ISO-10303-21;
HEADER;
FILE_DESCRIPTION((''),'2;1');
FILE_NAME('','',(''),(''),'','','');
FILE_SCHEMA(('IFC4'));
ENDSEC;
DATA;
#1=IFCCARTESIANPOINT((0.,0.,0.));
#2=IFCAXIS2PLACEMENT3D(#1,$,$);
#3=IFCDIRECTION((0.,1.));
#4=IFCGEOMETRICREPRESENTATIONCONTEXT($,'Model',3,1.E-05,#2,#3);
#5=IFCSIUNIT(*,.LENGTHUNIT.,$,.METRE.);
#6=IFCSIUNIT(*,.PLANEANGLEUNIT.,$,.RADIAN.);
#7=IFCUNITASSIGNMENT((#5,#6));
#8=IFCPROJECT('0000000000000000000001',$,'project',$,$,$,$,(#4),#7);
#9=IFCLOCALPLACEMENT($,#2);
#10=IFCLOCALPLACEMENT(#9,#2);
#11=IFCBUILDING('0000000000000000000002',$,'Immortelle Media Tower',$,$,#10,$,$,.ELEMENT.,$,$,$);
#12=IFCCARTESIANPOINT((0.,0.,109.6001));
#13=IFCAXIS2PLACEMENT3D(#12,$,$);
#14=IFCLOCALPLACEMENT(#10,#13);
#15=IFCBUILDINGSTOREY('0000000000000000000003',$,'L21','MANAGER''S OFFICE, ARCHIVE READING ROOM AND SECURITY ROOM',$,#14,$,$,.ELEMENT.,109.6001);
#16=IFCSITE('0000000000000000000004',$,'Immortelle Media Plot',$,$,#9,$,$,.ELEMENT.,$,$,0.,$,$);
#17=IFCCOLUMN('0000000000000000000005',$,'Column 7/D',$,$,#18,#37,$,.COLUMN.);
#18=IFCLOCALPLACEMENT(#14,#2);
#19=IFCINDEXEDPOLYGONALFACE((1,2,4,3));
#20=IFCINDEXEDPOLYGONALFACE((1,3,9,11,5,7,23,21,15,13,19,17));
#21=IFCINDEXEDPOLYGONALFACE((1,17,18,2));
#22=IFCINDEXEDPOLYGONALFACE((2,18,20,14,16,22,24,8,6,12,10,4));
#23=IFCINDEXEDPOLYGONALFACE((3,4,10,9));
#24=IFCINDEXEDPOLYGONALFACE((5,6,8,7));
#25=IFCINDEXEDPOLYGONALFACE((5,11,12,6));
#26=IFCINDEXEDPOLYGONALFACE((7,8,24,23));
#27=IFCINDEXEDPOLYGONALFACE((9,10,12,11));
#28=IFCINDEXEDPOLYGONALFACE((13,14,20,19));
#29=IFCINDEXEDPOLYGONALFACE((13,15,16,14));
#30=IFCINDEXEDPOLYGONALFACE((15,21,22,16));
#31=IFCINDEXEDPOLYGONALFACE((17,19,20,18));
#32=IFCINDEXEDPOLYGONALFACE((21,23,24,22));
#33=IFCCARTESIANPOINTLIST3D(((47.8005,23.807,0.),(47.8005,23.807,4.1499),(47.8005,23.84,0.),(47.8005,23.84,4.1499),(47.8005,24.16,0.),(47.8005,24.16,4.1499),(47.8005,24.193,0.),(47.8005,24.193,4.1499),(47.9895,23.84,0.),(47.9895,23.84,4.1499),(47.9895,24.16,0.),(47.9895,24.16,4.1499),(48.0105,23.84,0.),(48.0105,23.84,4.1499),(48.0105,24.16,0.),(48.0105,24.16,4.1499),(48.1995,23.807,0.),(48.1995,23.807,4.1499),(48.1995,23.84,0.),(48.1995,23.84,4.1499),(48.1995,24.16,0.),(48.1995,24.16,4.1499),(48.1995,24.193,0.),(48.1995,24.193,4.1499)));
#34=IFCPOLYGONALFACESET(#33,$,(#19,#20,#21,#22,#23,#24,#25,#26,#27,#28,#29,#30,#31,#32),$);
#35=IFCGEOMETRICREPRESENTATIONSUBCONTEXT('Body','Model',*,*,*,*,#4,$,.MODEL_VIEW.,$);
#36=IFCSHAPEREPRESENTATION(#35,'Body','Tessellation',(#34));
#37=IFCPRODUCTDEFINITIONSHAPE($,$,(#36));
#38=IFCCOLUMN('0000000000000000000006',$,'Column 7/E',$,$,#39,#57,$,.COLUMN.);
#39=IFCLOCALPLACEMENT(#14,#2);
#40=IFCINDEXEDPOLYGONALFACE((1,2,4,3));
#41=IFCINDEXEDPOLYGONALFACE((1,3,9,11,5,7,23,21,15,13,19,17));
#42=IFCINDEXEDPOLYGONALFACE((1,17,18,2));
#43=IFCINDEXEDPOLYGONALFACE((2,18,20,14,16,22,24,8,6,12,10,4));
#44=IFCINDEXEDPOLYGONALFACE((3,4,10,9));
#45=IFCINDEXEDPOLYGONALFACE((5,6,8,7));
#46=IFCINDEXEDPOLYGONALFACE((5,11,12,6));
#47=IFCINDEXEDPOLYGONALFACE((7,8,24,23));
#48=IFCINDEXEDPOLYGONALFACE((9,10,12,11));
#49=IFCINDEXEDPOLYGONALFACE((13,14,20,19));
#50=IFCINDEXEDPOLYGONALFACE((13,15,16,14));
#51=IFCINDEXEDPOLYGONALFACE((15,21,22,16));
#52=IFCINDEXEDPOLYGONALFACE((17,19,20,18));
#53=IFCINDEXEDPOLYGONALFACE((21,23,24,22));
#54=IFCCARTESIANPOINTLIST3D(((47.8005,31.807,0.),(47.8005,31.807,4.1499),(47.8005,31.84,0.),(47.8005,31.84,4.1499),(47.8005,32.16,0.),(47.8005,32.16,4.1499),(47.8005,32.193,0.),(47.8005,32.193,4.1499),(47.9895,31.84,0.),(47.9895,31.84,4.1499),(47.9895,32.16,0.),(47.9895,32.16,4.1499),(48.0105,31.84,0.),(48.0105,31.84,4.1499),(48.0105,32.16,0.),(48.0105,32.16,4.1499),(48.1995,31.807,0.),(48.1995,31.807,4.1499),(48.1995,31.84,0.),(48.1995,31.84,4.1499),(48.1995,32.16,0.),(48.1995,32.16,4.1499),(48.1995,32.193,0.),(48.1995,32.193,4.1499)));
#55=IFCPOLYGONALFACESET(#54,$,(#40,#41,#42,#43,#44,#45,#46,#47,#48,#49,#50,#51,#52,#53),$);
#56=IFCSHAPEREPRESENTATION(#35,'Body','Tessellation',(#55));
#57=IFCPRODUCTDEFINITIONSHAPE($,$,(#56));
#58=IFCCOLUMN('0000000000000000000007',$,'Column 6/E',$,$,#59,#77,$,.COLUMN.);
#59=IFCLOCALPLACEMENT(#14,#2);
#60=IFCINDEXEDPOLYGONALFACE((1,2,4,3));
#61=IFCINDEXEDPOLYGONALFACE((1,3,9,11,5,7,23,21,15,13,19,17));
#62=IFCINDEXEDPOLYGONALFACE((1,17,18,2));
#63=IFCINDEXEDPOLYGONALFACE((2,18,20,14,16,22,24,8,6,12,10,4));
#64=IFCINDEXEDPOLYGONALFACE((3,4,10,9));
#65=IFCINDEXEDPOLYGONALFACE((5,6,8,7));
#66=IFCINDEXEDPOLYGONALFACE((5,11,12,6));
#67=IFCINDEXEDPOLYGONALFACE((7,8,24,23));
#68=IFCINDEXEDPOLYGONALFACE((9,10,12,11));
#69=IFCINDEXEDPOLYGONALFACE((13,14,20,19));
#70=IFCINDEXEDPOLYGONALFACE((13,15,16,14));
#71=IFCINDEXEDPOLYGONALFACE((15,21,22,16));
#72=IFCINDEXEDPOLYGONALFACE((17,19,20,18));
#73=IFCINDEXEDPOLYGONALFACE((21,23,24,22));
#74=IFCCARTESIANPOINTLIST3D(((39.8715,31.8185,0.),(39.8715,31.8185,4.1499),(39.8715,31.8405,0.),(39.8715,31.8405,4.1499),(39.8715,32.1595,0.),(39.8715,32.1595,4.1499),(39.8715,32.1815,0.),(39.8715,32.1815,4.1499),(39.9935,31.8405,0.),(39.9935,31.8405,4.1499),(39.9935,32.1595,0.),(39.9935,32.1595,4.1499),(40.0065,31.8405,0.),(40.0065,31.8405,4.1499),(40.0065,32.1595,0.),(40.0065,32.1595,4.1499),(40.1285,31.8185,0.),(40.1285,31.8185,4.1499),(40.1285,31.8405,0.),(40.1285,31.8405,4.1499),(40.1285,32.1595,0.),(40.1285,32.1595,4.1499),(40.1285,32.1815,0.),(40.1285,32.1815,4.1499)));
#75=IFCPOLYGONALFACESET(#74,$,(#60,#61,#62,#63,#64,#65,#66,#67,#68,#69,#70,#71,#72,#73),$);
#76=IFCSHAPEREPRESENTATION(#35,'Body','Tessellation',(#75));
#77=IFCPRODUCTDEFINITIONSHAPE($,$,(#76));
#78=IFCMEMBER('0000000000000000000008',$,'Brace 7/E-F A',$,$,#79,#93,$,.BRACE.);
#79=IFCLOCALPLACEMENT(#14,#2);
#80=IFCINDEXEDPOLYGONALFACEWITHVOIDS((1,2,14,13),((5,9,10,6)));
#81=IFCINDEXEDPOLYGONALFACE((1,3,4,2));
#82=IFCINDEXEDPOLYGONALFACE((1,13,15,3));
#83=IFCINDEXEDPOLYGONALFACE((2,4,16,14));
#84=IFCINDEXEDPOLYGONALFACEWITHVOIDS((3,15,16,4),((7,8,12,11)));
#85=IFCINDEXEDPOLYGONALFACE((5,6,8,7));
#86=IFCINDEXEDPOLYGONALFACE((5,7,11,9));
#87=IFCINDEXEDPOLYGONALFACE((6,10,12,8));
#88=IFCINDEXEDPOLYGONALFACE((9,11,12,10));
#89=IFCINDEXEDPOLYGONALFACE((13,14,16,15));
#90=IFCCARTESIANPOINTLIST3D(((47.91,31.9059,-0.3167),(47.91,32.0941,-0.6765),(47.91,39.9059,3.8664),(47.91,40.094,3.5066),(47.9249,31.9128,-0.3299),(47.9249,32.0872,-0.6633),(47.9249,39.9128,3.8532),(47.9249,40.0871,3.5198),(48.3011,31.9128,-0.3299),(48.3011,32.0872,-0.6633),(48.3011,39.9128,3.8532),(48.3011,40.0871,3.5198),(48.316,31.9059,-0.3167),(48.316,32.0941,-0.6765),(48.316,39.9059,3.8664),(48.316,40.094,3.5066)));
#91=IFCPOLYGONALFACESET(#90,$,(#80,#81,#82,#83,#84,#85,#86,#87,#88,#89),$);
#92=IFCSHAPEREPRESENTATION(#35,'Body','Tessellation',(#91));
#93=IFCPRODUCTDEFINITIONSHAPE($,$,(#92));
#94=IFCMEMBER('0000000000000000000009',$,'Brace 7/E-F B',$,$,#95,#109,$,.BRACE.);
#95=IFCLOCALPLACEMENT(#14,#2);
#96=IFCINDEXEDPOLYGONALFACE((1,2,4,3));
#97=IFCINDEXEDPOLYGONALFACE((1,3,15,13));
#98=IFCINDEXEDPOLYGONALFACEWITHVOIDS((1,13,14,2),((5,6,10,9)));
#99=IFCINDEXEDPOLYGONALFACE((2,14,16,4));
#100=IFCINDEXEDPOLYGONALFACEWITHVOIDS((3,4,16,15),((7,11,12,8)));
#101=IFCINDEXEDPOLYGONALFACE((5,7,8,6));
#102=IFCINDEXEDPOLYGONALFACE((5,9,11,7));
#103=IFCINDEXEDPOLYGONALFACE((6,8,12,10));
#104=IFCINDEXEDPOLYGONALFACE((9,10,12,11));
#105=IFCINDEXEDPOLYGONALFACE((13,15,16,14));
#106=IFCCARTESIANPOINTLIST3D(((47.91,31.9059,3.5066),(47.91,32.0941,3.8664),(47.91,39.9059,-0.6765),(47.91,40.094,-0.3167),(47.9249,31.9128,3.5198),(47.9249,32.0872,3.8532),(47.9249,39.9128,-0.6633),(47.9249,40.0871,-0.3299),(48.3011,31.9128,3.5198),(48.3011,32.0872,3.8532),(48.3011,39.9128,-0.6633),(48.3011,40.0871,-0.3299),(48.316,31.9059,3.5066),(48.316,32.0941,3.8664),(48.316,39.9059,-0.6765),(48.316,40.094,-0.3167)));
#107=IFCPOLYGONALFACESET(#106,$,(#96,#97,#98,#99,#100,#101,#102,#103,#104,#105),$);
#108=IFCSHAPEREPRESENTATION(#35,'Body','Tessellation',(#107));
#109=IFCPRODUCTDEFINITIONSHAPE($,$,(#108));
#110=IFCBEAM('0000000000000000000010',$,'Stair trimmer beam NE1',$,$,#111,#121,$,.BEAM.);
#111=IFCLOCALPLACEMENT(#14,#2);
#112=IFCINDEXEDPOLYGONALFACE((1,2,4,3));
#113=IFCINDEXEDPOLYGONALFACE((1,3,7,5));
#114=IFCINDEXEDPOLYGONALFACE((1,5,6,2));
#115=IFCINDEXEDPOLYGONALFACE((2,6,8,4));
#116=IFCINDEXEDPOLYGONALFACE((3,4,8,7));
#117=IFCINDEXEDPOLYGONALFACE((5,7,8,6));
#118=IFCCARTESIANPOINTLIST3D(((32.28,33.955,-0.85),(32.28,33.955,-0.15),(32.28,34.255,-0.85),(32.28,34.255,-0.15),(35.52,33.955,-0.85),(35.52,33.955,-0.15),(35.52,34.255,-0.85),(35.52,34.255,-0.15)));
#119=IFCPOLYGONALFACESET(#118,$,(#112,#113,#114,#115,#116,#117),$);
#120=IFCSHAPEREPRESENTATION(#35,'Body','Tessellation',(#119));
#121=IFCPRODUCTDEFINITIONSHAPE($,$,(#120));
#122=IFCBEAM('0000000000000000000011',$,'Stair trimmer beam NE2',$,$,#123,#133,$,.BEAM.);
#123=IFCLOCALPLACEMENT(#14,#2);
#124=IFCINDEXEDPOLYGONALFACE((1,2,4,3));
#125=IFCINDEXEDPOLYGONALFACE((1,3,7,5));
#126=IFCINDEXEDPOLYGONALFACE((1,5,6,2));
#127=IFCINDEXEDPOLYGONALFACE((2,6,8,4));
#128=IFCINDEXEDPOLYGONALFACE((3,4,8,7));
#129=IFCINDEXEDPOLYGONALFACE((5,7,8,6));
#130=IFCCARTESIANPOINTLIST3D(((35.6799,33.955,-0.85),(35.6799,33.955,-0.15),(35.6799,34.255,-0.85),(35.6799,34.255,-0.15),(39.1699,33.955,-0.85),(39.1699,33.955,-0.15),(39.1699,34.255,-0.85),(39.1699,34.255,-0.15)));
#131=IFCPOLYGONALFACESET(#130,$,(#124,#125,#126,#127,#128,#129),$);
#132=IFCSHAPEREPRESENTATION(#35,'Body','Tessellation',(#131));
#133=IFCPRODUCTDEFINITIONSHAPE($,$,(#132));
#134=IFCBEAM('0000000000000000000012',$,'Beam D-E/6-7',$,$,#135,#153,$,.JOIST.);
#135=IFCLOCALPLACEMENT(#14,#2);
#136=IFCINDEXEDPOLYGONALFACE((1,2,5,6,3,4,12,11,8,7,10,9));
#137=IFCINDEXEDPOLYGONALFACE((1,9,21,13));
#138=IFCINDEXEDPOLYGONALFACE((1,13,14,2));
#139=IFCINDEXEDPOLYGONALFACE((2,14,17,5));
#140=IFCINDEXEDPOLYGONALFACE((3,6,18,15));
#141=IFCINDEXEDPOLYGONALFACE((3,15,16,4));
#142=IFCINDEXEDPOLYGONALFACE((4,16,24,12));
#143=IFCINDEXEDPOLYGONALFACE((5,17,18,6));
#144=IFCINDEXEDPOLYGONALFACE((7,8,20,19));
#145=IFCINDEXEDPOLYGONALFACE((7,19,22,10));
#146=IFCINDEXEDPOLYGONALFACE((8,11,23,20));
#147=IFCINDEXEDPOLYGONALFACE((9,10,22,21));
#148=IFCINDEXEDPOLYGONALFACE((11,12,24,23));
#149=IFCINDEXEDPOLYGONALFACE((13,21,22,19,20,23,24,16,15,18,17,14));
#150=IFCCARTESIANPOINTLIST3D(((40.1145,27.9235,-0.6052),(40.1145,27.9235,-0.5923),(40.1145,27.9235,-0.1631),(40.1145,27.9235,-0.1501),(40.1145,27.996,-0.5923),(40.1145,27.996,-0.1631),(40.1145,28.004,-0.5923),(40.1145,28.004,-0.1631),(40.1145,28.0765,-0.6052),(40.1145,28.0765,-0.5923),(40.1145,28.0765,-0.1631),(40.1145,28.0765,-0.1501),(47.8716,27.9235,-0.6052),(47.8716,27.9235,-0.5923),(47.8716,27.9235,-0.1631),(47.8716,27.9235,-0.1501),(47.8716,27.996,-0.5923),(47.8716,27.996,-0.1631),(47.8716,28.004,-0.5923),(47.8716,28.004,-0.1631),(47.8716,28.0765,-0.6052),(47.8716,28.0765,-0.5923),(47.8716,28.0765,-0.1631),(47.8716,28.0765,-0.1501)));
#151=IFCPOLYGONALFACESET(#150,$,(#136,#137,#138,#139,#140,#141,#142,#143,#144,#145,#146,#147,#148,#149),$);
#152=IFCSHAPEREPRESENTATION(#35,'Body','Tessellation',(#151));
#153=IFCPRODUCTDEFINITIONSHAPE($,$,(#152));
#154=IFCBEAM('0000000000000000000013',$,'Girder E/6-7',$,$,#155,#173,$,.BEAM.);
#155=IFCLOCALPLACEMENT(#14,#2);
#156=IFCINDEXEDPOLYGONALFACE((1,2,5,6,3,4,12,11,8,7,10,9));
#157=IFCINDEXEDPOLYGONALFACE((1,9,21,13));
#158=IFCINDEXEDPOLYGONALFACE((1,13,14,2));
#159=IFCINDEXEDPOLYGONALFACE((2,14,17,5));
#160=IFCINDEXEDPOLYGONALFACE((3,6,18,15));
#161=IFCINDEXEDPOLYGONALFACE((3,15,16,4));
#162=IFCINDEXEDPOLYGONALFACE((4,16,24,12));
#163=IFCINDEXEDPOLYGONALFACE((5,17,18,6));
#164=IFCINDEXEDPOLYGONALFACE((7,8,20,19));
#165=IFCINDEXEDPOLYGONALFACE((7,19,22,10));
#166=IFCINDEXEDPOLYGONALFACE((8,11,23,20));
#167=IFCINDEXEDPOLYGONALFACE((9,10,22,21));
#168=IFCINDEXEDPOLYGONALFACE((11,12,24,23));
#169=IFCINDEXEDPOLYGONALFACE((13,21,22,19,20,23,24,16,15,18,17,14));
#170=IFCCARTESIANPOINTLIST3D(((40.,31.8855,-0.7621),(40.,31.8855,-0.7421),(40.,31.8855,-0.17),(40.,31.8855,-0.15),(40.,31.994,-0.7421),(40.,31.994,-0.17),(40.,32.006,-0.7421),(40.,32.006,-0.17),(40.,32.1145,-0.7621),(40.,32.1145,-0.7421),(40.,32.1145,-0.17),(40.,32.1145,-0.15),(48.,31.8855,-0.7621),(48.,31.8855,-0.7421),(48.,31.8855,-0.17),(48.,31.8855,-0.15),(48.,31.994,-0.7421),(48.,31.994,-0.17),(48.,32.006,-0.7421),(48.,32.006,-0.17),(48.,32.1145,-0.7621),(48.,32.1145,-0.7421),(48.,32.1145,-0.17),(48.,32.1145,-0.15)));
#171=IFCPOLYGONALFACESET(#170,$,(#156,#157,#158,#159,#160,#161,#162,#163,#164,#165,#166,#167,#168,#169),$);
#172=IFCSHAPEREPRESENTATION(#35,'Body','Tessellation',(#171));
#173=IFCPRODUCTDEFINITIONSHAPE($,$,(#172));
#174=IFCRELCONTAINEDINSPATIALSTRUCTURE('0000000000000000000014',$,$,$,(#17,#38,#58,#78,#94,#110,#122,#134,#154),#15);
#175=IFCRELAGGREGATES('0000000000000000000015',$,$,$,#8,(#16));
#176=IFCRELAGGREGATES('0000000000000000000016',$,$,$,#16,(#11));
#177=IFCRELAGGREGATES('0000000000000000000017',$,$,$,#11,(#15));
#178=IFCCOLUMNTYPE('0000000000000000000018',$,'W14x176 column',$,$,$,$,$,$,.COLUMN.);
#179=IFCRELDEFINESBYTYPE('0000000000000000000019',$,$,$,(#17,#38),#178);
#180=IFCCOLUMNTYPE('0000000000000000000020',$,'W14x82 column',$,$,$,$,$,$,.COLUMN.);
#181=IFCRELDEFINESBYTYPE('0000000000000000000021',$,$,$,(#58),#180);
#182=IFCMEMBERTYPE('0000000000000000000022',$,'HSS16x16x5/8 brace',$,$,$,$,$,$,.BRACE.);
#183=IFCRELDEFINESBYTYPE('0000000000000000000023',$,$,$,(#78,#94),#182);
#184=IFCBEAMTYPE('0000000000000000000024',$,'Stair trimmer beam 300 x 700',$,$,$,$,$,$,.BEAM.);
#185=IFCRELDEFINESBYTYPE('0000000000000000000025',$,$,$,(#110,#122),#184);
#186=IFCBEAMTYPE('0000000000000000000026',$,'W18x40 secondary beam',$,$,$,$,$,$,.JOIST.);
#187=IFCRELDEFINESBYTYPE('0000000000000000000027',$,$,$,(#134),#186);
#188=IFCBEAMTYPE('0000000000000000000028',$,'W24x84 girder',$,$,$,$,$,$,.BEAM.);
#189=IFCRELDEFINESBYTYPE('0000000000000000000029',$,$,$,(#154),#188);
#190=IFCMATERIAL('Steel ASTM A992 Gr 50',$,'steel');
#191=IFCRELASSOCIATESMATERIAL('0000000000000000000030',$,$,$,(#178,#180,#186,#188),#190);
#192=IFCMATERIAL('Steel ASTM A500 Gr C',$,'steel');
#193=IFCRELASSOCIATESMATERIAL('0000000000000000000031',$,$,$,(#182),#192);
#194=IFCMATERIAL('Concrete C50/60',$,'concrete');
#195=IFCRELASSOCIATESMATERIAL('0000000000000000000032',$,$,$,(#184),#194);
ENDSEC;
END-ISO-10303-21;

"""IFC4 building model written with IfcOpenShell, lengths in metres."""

from ifc_helpers import new_model, si_unit, direction, frame, origin, origin_2d, place, context, subcontext, project, spatial, rectangle, hollow_rectangle, i_section, extrude, material, material_profile, profile_set, type_object, element, save


model = new_model("IFC4")

# Units and contexts
model_context = context("Model", 3, precision=1e-05, world=origin(), true_north=direction((0.0, 1.0)))
body_context = subcontext(model_context, "Body", "Model", "MODEL_VIEW")
ifc_project = project(units=[si_unit("LENGTHUNIT", "METRE"), si_unit("PLANEANGLEUNIT", "RADIAN")], contexts=[model_context])

# Site, building, storey
site_placement = place(None, origin())
site = spatial("IfcSite", under=ifc_project, at=site_placement, Name="Immortelle Media Plot", CompositionType="ELEMENT", RefElevation=0.0)
building_placement = place(site_placement, origin())
building = spatial("IfcBuilding", under=site, at=building_placement, Name="Immortelle Media Tower", CompositionType="ELEMENT")
storey_placement = place(building_placement, frame((0.0, 0.0, 109.6001)))
storey = spatial("IfcBuildingStorey", under=building, at=storey_placement, Name="L21", Description="MANAGER'S OFFICE, ARCHIVE READING ROOM AND SECURITY ROOM", CompositionType="ELEMENT", Elevation=109.6001)

# Columns
ifc_material_1 = material(Name="Steel ASTM A992 Gr 50", Category="steel")
ifc_material_profile_1 = material_profile(ifc_material_1, i_section(OverallWidth=0.3989, OverallDepth=0.386, WebThickness=0.021, FlangeThickness=0.033, at=origin_2d()), Name="W14x176")
ifc_profile_set_1 = profile_set([ifc_material_profile_1], Name="Steel ASTM A992 Gr 50")
column_type_1 = type_object("IfcColumnType", Name="W14x176 column", PredefinedType="COLUMN", material=ifc_profile_set_1)
for number, where, z_axis, x_axis, name in (
    (1, (48.0, 24.0, 0.0), (0.0, 0.0, 1.0), (1.0, 0.0, 0.0), "Column 7/D"),
    (2, (48.0, 32.0, 0.0), (0.0, 0.0, 1.0), (1.0, 0.0, 0.0), "Column 7/E"),
):
    element("IfcColumn", number, at=place(storey_placement, frame(where, z_axis=z_axis, x_axis=x_axis)), inside=storey, type_object=column_type_1, Name=name, PredefinedType="COLUMN", context=body_context, shape_type="SweptSolid", body=[
        extrude(i_section(OverallWidth=0.3989, OverallDepth=0.386, WebThickness=0.021, FlangeThickness=0.033, at=origin_2d()), origin(), (0.0, 0.0, 1.0), 4.1499),
    ])
ifc_material_profile_2 = material_profile(ifc_material_1, i_section(OverallWidth=0.2571, OverallDepth=0.363, WebThickness=0.0129, FlangeThickness=0.022, at=origin_2d()), Name="W14x82")
ifc_profile_set_2 = profile_set([ifc_material_profile_2], Name="Steel ASTM A992 Gr 50")
column_type_2 = type_object("IfcColumnType", Name="W14x82 column", PredefinedType="COLUMN", material=ifc_profile_set_2)
column_placement = place(storey_placement, frame((40.0, 32.0, 0.0), z_axis=(0.0, 0.0, 1.0), x_axis=(1.0, 0.0, 0.0)))
element("IfcColumn", 3, at=column_placement, inside=storey, type_object=column_type_2, Name="Column 6/E", PredefinedType="COLUMN", context=body_context, shape_type="SweptSolid", body=[
    extrude(i_section(OverallWidth=0.2571, OverallDepth=0.363, WebThickness=0.0129, FlangeThickness=0.022, at=origin_2d()), origin(), (0.0, 0.0, 1.0), 4.1499),
])

# Members
ifc_material_2 = material(Name="Steel ASTM A500 Gr C", Category="steel")
ifc_material_profile_3 = material_profile(ifc_material_2, hollow_rectangle(XDim=0.406, YDim=0.406, WallThickness=0.0149, at=origin_2d()), Name="HSS16x16x5/8 brace")
ifc_profile_set_3 = profile_set([ifc_material_profile_3], Name="Steel ASTM A500 Gr C")
member_type = type_object("IfcMemberType", Name="HSS16x16x5/8 brace", PredefinedType="BRACE", material=ifc_profile_set_3)
for number, where, z_axis, x_axis, name in (
    (4, (48.113, 32.0, -0.4966), (0.0, 0.886167, 0.463366), (-1.0, 0.0, 0.0), "Brace 7/E-F A"),
    (5, (48.113, 32.0, 3.6865), (0.0, 0.886167, -0.463366), (-1.0, 0.0, 0.0), "Brace 7/E-F B"),
):
    element("IfcMember", number, at=place(storey_placement, frame(where, z_axis=z_axis, x_axis=x_axis)), inside=storey, type_object=member_type, Name=name, PredefinedType="BRACE", context=body_context, shape_type="SweptSolid", body=[
        extrude(hollow_rectangle(XDim=0.406, YDim=0.406, WallThickness=0.0149, at=origin_2d()), origin(), (0.0, 0.0, 1.0), 9.0276),
    ])

# Beams
ifc_material_3 = material(Name="Concrete C50/60", Category="concrete")
ifc_material_profile_4 = material_profile(ifc_material_3, rectangle(XDim=0.3, YDim=0.7, at=origin_2d()), Name="RC 300x700")
ifc_profile_set_4 = profile_set([ifc_material_profile_4], Name="Concrete C50/60")
beam_type_1 = type_object("IfcBeamType", Name="Stair trimmer beam 300 x 700", PredefinedType="BEAM", material=ifc_profile_set_4)
beam_1_placement = place(storey_placement, frame((32.28, 34.105, -0.5), z_axis=(1.0, 0.0, 0.0), x_axis=(0.0, 1.0, 0.0)))
element("IfcBeam", 6, at=beam_1_placement, inside=storey, type_object=beam_type_1, Name="Stair trimmer beam NE1", PredefinedType="BEAM", context=body_context, shape_type="SweptSolid", body=[
    extrude(rectangle(XDim=0.3, YDim=0.7, at=origin_2d()), origin(), (0.0, 0.0, 1.0), 3.24),
])
beam_2_placement = place(storey_placement, frame((35.6799, 34.105, -0.5), z_axis=(1.0, 0.0, 0.0), x_axis=(0.0, 1.0, 0.0)))
element("IfcBeam", 7, at=beam_2_placement, inside=storey, type_object=beam_type_1, Name="Stair trimmer beam NE2", PredefinedType="BEAM", context=body_context, shape_type="SweptSolid", body=[
    extrude(rectangle(XDim=0.3, YDim=0.7, at=origin_2d()), origin(), (0.0, 0.0, 1.0), 3.49),
])
ifc_material_profile_5 = material_profile(ifc_material_1, i_section(OverallWidth=0.1531, OverallDepth=0.4551, WebThickness=0.0081, FlangeThickness=0.0129, at=origin_2d()), Name="W18x40")
ifc_profile_set_5 = profile_set([ifc_material_profile_5], Name="Steel ASTM A992 Gr 50")
beam_type_2 = type_object("IfcBeamType", Name="W18x40 secondary beam", PredefinedType="JOIST", material=ifc_profile_set_5)
beam_3_placement = place(storey_placement, frame((40.1145, 28.0, -0.3777), z_axis=(1.0, 0.0, 0.0), x_axis=(0.0, 1.0, 0.0)))
element("IfcBeam", 8, at=beam_3_placement, inside=storey, type_object=beam_type_2, Name="Beam D-E/6-7", PredefinedType="JOIST", context=body_context, shape_type="SweptSolid", body=[
    extrude(i_section(OverallWidth=0.1531, OverallDepth=0.4551, WebThickness=0.0081, FlangeThickness=0.0129, at=origin_2d()), origin(), (0.0, 0.0, 1.0), 7.7571),
])
ifc_material_profile_6 = material_profile(ifc_material_1, i_section(OverallWidth=0.229, OverallDepth=0.6121, WebThickness=0.012, FlangeThickness=0.02, at=origin_2d()), Name="W24x84")
ifc_profile_set_6 = profile_set([ifc_material_profile_6], Name="Steel ASTM A992 Gr 50")
beam_type_3 = type_object("IfcBeamType", Name="W24x84 girder", PredefinedType="BEAM", material=ifc_profile_set_6)
for number, where, z_axis, x_axis, name in (
    (9, (40.0, 32.0, -0.4561), (1.0, 0.0, 0.0), (0.0, 1.0, 0.0), "Girder E/6-7"),
):
    element("IfcBeam", number, at=place(storey_placement, frame(where, z_axis=z_axis, x_axis=x_axis)), inside=storey, type_object=beam_type_3, Name=name, PredefinedType="BEAM", context=body_context, shape_type="SweptSolid", body=[
        extrude(i_section(OverallWidth=0.229, OverallDepth=0.6121, WebThickness=0.012, FlangeThickness=0.02, at=origin_2d()), origin(), (0.0, 0.0, 1.0), 8.0),
    ])

save(model, "model.ifc")
